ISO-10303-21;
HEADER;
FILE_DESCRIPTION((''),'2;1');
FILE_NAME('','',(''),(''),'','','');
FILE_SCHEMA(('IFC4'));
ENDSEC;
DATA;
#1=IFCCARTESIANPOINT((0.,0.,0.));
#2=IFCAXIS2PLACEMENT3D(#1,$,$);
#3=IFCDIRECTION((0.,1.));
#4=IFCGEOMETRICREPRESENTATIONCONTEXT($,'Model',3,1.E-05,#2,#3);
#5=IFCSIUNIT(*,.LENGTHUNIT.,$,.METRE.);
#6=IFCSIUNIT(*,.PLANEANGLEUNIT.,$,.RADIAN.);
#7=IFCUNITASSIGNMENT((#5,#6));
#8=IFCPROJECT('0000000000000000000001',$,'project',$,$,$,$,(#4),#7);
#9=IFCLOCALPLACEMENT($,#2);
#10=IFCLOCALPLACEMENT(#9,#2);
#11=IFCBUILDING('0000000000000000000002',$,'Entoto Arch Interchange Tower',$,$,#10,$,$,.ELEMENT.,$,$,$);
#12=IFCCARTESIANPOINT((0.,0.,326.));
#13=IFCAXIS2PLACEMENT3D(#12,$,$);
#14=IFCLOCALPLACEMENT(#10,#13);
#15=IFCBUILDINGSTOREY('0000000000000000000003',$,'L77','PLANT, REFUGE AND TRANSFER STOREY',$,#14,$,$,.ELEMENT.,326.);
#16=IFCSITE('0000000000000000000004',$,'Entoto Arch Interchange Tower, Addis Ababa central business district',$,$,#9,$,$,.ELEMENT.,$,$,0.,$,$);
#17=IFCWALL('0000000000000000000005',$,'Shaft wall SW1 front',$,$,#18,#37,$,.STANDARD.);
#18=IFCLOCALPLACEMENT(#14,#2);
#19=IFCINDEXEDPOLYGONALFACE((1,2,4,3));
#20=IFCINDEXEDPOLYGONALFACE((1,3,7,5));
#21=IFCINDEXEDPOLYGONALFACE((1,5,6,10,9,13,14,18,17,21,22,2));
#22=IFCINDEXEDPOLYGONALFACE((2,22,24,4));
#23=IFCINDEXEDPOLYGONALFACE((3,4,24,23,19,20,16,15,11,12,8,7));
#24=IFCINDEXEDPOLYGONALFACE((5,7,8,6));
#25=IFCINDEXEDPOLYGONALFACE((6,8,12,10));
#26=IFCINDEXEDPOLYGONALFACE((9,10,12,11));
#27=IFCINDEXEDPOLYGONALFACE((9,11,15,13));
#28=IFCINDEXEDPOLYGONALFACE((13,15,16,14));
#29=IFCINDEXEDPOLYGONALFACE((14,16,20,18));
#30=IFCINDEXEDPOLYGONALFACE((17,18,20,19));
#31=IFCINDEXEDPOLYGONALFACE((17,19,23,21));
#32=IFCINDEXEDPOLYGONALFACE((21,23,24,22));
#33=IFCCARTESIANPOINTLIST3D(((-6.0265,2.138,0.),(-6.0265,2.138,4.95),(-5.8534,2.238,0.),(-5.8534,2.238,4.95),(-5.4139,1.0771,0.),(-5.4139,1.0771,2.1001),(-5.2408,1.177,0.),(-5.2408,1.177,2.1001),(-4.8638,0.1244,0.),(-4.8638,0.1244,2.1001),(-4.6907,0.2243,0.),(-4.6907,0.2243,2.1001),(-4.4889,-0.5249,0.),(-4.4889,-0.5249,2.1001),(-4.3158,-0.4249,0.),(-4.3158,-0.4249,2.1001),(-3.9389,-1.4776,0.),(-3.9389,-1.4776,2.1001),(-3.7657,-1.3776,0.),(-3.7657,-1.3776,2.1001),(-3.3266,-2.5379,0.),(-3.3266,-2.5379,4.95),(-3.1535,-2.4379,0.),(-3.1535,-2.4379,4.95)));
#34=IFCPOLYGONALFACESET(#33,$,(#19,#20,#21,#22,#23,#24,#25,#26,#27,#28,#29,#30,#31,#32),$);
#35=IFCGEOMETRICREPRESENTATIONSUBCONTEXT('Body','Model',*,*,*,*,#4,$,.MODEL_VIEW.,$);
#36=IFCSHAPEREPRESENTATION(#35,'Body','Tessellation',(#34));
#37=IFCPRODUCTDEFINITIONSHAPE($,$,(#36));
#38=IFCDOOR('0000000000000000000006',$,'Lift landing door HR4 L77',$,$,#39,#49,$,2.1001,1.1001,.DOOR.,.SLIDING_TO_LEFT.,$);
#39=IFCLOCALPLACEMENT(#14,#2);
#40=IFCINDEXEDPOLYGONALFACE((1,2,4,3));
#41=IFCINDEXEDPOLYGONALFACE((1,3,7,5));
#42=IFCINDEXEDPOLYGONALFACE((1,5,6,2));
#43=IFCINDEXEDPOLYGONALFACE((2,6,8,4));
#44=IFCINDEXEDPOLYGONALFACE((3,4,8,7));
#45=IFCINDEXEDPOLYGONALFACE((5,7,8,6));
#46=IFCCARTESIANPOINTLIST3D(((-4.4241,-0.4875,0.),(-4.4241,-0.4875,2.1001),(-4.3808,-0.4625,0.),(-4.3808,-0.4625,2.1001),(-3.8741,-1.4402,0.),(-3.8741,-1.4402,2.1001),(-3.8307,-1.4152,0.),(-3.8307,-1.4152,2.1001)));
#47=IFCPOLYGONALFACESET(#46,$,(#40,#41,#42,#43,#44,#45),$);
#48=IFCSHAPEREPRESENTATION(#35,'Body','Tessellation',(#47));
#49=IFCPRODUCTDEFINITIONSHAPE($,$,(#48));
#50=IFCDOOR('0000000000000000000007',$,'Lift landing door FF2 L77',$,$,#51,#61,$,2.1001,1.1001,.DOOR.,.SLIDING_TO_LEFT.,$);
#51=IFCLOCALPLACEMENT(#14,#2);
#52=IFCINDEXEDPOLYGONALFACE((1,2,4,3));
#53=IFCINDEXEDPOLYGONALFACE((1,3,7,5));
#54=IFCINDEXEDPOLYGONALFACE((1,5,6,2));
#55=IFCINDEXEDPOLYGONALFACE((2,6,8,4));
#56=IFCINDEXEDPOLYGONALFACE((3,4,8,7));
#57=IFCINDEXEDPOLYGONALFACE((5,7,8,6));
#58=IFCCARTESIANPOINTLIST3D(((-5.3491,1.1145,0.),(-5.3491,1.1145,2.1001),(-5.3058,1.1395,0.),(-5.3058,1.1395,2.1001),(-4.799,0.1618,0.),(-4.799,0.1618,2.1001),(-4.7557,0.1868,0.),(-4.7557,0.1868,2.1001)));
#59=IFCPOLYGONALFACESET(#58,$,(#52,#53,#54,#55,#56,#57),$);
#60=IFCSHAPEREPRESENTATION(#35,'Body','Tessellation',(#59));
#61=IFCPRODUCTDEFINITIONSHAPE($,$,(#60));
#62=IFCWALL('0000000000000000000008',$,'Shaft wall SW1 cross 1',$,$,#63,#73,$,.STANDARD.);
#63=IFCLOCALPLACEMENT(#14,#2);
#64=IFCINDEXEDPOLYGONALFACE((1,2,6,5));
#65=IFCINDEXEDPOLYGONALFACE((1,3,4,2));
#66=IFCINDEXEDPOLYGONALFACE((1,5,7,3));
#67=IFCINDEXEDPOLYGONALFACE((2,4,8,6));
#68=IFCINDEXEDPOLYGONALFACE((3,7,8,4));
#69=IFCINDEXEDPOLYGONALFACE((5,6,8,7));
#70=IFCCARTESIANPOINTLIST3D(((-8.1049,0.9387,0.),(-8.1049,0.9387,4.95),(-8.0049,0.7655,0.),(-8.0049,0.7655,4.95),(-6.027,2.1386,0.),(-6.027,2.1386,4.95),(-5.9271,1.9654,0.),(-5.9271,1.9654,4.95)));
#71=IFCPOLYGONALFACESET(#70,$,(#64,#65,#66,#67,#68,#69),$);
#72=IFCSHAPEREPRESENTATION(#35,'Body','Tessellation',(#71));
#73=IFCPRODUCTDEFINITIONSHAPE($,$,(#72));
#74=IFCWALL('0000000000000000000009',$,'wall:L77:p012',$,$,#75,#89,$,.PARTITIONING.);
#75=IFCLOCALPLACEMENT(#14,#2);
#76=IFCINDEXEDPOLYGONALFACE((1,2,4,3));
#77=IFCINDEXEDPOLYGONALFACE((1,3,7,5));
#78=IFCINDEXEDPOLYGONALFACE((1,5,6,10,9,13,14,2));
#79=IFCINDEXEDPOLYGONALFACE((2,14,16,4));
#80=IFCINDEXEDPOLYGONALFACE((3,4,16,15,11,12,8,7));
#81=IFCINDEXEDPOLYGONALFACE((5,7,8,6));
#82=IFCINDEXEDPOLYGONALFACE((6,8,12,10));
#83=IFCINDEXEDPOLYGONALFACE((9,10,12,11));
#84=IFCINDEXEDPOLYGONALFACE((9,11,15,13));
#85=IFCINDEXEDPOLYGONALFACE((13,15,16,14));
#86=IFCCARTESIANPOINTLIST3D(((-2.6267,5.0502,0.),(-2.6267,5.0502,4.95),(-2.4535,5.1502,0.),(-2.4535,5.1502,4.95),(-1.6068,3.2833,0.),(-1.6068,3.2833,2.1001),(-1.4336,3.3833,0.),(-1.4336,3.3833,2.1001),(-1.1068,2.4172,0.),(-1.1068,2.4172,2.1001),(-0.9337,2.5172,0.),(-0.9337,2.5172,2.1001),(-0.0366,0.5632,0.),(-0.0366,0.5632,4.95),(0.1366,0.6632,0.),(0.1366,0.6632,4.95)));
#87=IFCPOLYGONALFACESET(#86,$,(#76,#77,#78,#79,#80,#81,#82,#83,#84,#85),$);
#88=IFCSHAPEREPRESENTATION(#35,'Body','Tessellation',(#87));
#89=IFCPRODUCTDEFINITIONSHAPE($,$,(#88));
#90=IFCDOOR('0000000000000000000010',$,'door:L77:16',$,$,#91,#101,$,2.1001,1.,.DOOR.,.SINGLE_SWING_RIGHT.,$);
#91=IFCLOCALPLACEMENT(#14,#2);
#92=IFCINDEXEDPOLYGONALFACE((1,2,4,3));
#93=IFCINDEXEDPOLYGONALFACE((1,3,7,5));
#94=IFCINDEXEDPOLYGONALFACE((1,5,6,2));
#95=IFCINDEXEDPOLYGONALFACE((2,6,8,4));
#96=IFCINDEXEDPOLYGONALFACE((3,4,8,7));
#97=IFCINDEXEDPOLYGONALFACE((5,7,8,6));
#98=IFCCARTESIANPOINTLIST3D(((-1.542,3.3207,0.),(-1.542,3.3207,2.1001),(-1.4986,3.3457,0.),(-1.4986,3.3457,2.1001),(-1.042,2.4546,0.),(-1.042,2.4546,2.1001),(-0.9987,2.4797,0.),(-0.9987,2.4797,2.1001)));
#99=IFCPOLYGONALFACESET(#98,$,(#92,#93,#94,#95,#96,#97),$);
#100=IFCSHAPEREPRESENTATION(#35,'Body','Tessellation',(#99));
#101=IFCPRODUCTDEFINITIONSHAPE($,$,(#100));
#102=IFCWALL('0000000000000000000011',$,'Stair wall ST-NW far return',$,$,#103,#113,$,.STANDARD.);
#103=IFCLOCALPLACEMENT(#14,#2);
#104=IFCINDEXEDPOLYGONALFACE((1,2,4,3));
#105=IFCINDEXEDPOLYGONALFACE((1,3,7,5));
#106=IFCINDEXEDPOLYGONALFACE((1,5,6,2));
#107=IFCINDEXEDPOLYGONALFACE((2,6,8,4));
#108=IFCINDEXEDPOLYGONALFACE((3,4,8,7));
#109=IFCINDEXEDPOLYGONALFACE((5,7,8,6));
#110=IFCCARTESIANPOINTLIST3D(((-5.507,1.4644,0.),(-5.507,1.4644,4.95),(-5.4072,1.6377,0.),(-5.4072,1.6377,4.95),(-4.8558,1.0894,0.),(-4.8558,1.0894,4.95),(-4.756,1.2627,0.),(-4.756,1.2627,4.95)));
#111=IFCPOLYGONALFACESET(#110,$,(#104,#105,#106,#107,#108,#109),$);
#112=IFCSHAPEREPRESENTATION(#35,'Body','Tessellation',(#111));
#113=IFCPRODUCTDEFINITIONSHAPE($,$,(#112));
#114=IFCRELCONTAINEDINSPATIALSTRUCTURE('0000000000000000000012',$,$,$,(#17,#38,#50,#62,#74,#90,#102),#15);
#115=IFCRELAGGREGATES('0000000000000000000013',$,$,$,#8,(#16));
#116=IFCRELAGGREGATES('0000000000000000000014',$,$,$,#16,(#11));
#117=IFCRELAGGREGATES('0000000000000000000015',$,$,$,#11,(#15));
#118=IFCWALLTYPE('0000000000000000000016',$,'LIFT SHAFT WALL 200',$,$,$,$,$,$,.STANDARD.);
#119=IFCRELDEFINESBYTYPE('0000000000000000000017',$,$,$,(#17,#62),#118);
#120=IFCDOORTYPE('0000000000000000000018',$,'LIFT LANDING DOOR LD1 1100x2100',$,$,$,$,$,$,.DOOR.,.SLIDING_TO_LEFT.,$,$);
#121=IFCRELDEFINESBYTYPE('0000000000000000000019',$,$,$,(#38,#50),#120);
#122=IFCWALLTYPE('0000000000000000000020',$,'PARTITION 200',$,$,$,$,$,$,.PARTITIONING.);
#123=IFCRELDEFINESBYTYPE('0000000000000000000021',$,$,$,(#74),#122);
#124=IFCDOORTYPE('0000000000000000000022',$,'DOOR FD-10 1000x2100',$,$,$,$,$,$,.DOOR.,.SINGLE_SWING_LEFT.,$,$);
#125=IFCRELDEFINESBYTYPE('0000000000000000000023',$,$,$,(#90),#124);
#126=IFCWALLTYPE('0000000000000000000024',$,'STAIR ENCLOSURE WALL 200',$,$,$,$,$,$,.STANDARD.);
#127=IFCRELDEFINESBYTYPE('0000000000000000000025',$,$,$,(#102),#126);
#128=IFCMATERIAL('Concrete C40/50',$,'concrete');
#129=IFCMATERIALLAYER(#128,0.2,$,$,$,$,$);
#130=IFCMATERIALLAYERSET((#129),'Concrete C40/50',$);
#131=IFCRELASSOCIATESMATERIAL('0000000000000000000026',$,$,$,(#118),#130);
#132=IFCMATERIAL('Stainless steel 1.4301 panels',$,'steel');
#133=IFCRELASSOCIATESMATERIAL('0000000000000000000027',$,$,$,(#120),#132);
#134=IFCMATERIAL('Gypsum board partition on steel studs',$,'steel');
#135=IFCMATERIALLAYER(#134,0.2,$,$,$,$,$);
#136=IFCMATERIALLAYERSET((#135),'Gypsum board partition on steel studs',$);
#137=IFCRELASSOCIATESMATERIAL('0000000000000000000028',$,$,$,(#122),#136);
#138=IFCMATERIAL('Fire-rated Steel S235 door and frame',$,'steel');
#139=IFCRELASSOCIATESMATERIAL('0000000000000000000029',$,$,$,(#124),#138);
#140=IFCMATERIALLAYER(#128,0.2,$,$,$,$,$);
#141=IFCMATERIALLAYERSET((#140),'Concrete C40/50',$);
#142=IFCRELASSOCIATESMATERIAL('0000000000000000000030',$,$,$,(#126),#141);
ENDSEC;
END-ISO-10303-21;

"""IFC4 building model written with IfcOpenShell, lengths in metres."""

from ifc_helpers import new_model, si_unit, direction, frame, frame_2d, origin, place, context, subcontext, project, spatial, rectangle, extrude, material, layer, layer_set, type_object, element, fill, save


model = new_model("IFC4")

# Units and contexts
model_context = context("Model", 3, precision=1e-05, world=origin(), true_north=direction((0.0, 1.0)))
body_context = subcontext(model_context, "Body", "Model", "MODEL_VIEW")
ifc_project = project(units=[si_unit("LENGTHUNIT", "METRE"), si_unit("PLANEANGLEUNIT", "RADIAN")], contexts=[model_context])

# Site, building, storey
site_placement = place(None, origin())
site = spatial("IfcSite", under=ifc_project, at=site_placement, Name="Entoto Arch Interchange Tower, Addis Ababa central business district", CompositionType="ELEMENT", RefElevation=0.0)
building_placement = place(site_placement, origin())
building = spatial("IfcBuilding", under=site, at=building_placement, Name="Entoto Arch Interchange Tower", CompositionType="ELEMENT")
storey_placement = place(building_placement, frame((0.0, 0.0, 326.0)))
storey = spatial("IfcBuildingStorey", under=building, at=storey_placement, Name="L77", Description="PLANT, REFUGE AND TRANSFER STOREY", CompositionType="ELEMENT", Elevation=326.0)

# Wall, openings, doors
ifc_material_1 = material(Name="Concrete C40/50", Category="concrete")
ifc_layer_1 = layer(ifc_material_1, 0.2)
ifc_layer_set_1 = layer_set([ifc_layer_1], Name="Concrete C40/50")
wall_type_1 = type_object("IfcWallType", Name="LIFT SHAFT WALL 200", PredefinedType="STANDARD", material=ifc_layer_set_1)
wall_1_placement = place(storey_placement, frame((-5.9399, 2.188, 0.0), z_axis=(0.0, 0.0, 1.0), x_axis=(0.500034, -0.866006, 0.0)))
wall_1 = element("IfcWall", 1, at=wall_1_placement, inside=storey, type_object=wall_type_1, Name="Shaft wall SW1 front", PredefinedType="STANDARD", context=body_context, shape_type="SweptSolid", body=[
    extrude(rectangle(XDim=5.3994, YDim=0.2, at=frame_2d((2.6997, 0.0))), origin(), (0.0, 0.0, 1.0), 4.95),
])
opening_1_placement = place(wall_1_placement, frame((3.075, 0.0, 0.0)))
opening_1 = element("IfcOpeningElement", 2, at=opening_1_placement, cuts=wall_1, PredefinedType="OPENING", context=body_context, shape_type="SweptSolid", body=[
    extrude(rectangle(XDim=1.1001, YDim=2.1001, at=frame_2d((0.55, 1.05))), frame((0.0, 0.1099, 0.0), z_axis=(0.0, -1.0, 0.0), x_axis=(1.0, 0.0, 0.0)), (0.0, 0.0, 1.0), 0.22),
])
opening_2_placement = place(wall_1_placement, frame((1.2251, 0.0, 0.0)))
opening_2 = element("IfcOpeningElement", 3, at=opening_2_placement, cuts=wall_1, PredefinedType="OPENING", context=body_context, shape_type="SweptSolid", body=[
    extrude(rectangle(XDim=1.1001, YDim=2.1001, at=frame_2d((0.55, 1.05))), frame((0.0, 0.1099, 0.0), z_axis=(0.0, -1.0, 0.0), x_axis=(1.0, 0.0, 0.0)), (0.0, 0.0, 1.0), 0.22),
])
ifc_material_2 = material(Name="Stainless steel 1.4301 panels", Category="steel")
door_type_1 = type_object("IfcDoorType", Name="LIFT LANDING DOOR LD1 1100x2100", OperationType="SLIDING_TO_LEFT", PredefinedType="DOOR", material=ifc_material_2)
door_1_placement = place(opening_1_placement, origin())
door_1 = element("IfcDoor", 4, at=door_1_placement, inside=storey, type_object=door_type_1, Name="Lift landing door HR4 L77", OperationType="SLIDING_TO_LEFT", OverallHeight=2.1001, OverallWidth=1.1001, PredefinedType="DOOR", context=body_context, shape_type="SweptSolid", body=[
    extrude(rectangle(XDim=1.1001, YDim=2.1001, at=frame_2d((0.55, 1.05))), frame((0.0, 0.0249, 0.0), z_axis=(0.0, -1.0, 0.0), x_axis=(1.0, 0.0, 0.0)), (0.0, 0.0, 1.0), 0.05),
])
fill(opening_1, door_1)
door_2_placement = place(opening_2_placement, origin())
door_2 = element("IfcDoor", 5, at=door_2_placement, inside=storey, type_object=door_type_1, Name="Lift landing door FF2 L77", OperationType="SLIDING_TO_LEFT", OverallHeight=2.1001, OverallWidth=1.1001, PredefinedType="DOOR", context=body_context, shape_type="SweptSolid", body=[
    extrude(rectangle(XDim=1.1001, YDim=2.1001, at=frame_2d((0.55, 1.05))), frame((0.0, 0.0249, 0.0), z_axis=(0.0, -1.0, 0.0), x_axis=(1.0, 0.0, 0.0)), (0.0, 0.0, 1.0), 0.05),
])
fill(opening_2, door_2)

# Wall
wall_2_placement = place(storey_placement, frame((-5.9771, 2.052, 0.0), z_axis=(0.0, 0.0, 1.0), x_axis=(-0.865974, -0.500089, 0.0)))
element("IfcWall", 6, at=wall_2_placement, inside=storey, type_object=wall_type_1, Name="Shaft wall SW1 cross 1", PredefinedType="STANDARD", context=body_context, shape_type="SweptSolid", body=[
    extrude(rectangle(XDim=2.3994, YDim=0.2, at=frame_2d((1.1997, 0.0))), origin(), (0.0, 0.0, 1.0), 4.95),
])

# Wall, opening, door
ifc_material_3 = material(Name="Gypsum board partition on steel studs", Category="steel")
ifc_layer_2 = layer(ifc_material_3, 0.2)
ifc_layer_set_2 = layer_set([ifc_layer_2], Name="Gypsum board partition on steel studs")
wall_type_2 = type_object("IfcWallType", Name="PARTITION 200", PredefinedType="PARTITIONING", material=ifc_layer_set_2)
wall_3_placement = place(storey_placement, frame((-2.54, 5.1001, 0.0), z_axis=(0.0, 0.0, 1.0), x_axis=(0.499925, -0.866069, 0.0)))
wall_3 = element("IfcWall", 7, at=wall_3_placement, inside=storey, type_object=wall_type_2, Name="wall:L77:p012", PredefinedType="PARTITIONING", context=body_context, shape_type="SweptSolid", body=[
    extrude(rectangle(XDim=5.1809, YDim=0.2, at=frame_2d((2.5903, 0.0))), origin(), (0.0, 0.0, 1.0), 4.95),
])
opening_3_placement = place(wall_3_placement, frame((2.04, 0.0, 0.0)))
opening_3 = element("IfcOpeningElement", 8, at=opening_3_placement, cuts=wall_3, PredefinedType="OPENING", context=body_context, shape_type="SweptSolid", body=[
    extrude(rectangle(XDim=1.0, YDim=2.1001, at=frame_2d((0.5, 1.05))), frame((0.0, 0.1099, 0.0), z_axis=(0.0, -1.0, 0.0), x_axis=(1.0, 0.0, 0.0)), (0.0, 0.0, 1.0), 0.22),
])
ifc_material_4 = material(Name="Fire-rated Steel S235 door and frame", Category="steel")
door_type_2 = type_object("IfcDoorType", Name="DOOR FD-10 1000x2100", OperationType="SINGLE_SWING_LEFT", PredefinedType="DOOR", material=ifc_material_4)
door_3_placement = place(opening_3_placement, origin())
door_3 = element("IfcDoor", 9, at=door_3_placement, inside=storey, type_object=door_type_2, Name="door:L77:16", OperationType="SINGLE_SWING_RIGHT", OverallHeight=2.1001, OverallWidth=1.0, PredefinedType="DOOR", context=body_context, shape_type="SweptSolid", body=[
    extrude(rectangle(XDim=1.0, YDim=2.1001, at=frame_2d((0.5, 1.05))), frame((0.0, 0.0249, 0.0), z_axis=(0.0, -1.0, 0.0), x_axis=(1.0, 0.0, 0.0)), (0.0, 0.0, 1.0), 0.05),
])
fill(opening_3, door_3)

# Wall
ifc_layer_3 = layer(ifc_material_1, 0.2)
ifc_layer_set_3 = layer_set([ifc_layer_3], Name="Concrete C40/50")
wall_type_3 = type_object("IfcWallType", Name="STAIR ENCLOSURE WALL 200", PredefinedType="STANDARD", material=ifc_layer_set_3)
wall_4_placement = place(storey_placement, frame((-4.8059, 1.176, 0.0), z_axis=(0.0, 0.0, 1.0), x_axis=(-0.866559, 0.499075, 0.0)))
element("IfcWall", 10, at=wall_4_placement, inside=storey, type_object=wall_type_3, Name="Stair wall ST-NW far return", PredefinedType="STANDARD", context=body_context, shape_type="SweptSolid", body=[
    extrude(rectangle(XDim=0.7515, YDim=0.2, at=frame_2d((0.3757, 0.0))), origin(), (0.0, 0.0, 1.0), 4.95),
])

save(model, "model.ifc")
